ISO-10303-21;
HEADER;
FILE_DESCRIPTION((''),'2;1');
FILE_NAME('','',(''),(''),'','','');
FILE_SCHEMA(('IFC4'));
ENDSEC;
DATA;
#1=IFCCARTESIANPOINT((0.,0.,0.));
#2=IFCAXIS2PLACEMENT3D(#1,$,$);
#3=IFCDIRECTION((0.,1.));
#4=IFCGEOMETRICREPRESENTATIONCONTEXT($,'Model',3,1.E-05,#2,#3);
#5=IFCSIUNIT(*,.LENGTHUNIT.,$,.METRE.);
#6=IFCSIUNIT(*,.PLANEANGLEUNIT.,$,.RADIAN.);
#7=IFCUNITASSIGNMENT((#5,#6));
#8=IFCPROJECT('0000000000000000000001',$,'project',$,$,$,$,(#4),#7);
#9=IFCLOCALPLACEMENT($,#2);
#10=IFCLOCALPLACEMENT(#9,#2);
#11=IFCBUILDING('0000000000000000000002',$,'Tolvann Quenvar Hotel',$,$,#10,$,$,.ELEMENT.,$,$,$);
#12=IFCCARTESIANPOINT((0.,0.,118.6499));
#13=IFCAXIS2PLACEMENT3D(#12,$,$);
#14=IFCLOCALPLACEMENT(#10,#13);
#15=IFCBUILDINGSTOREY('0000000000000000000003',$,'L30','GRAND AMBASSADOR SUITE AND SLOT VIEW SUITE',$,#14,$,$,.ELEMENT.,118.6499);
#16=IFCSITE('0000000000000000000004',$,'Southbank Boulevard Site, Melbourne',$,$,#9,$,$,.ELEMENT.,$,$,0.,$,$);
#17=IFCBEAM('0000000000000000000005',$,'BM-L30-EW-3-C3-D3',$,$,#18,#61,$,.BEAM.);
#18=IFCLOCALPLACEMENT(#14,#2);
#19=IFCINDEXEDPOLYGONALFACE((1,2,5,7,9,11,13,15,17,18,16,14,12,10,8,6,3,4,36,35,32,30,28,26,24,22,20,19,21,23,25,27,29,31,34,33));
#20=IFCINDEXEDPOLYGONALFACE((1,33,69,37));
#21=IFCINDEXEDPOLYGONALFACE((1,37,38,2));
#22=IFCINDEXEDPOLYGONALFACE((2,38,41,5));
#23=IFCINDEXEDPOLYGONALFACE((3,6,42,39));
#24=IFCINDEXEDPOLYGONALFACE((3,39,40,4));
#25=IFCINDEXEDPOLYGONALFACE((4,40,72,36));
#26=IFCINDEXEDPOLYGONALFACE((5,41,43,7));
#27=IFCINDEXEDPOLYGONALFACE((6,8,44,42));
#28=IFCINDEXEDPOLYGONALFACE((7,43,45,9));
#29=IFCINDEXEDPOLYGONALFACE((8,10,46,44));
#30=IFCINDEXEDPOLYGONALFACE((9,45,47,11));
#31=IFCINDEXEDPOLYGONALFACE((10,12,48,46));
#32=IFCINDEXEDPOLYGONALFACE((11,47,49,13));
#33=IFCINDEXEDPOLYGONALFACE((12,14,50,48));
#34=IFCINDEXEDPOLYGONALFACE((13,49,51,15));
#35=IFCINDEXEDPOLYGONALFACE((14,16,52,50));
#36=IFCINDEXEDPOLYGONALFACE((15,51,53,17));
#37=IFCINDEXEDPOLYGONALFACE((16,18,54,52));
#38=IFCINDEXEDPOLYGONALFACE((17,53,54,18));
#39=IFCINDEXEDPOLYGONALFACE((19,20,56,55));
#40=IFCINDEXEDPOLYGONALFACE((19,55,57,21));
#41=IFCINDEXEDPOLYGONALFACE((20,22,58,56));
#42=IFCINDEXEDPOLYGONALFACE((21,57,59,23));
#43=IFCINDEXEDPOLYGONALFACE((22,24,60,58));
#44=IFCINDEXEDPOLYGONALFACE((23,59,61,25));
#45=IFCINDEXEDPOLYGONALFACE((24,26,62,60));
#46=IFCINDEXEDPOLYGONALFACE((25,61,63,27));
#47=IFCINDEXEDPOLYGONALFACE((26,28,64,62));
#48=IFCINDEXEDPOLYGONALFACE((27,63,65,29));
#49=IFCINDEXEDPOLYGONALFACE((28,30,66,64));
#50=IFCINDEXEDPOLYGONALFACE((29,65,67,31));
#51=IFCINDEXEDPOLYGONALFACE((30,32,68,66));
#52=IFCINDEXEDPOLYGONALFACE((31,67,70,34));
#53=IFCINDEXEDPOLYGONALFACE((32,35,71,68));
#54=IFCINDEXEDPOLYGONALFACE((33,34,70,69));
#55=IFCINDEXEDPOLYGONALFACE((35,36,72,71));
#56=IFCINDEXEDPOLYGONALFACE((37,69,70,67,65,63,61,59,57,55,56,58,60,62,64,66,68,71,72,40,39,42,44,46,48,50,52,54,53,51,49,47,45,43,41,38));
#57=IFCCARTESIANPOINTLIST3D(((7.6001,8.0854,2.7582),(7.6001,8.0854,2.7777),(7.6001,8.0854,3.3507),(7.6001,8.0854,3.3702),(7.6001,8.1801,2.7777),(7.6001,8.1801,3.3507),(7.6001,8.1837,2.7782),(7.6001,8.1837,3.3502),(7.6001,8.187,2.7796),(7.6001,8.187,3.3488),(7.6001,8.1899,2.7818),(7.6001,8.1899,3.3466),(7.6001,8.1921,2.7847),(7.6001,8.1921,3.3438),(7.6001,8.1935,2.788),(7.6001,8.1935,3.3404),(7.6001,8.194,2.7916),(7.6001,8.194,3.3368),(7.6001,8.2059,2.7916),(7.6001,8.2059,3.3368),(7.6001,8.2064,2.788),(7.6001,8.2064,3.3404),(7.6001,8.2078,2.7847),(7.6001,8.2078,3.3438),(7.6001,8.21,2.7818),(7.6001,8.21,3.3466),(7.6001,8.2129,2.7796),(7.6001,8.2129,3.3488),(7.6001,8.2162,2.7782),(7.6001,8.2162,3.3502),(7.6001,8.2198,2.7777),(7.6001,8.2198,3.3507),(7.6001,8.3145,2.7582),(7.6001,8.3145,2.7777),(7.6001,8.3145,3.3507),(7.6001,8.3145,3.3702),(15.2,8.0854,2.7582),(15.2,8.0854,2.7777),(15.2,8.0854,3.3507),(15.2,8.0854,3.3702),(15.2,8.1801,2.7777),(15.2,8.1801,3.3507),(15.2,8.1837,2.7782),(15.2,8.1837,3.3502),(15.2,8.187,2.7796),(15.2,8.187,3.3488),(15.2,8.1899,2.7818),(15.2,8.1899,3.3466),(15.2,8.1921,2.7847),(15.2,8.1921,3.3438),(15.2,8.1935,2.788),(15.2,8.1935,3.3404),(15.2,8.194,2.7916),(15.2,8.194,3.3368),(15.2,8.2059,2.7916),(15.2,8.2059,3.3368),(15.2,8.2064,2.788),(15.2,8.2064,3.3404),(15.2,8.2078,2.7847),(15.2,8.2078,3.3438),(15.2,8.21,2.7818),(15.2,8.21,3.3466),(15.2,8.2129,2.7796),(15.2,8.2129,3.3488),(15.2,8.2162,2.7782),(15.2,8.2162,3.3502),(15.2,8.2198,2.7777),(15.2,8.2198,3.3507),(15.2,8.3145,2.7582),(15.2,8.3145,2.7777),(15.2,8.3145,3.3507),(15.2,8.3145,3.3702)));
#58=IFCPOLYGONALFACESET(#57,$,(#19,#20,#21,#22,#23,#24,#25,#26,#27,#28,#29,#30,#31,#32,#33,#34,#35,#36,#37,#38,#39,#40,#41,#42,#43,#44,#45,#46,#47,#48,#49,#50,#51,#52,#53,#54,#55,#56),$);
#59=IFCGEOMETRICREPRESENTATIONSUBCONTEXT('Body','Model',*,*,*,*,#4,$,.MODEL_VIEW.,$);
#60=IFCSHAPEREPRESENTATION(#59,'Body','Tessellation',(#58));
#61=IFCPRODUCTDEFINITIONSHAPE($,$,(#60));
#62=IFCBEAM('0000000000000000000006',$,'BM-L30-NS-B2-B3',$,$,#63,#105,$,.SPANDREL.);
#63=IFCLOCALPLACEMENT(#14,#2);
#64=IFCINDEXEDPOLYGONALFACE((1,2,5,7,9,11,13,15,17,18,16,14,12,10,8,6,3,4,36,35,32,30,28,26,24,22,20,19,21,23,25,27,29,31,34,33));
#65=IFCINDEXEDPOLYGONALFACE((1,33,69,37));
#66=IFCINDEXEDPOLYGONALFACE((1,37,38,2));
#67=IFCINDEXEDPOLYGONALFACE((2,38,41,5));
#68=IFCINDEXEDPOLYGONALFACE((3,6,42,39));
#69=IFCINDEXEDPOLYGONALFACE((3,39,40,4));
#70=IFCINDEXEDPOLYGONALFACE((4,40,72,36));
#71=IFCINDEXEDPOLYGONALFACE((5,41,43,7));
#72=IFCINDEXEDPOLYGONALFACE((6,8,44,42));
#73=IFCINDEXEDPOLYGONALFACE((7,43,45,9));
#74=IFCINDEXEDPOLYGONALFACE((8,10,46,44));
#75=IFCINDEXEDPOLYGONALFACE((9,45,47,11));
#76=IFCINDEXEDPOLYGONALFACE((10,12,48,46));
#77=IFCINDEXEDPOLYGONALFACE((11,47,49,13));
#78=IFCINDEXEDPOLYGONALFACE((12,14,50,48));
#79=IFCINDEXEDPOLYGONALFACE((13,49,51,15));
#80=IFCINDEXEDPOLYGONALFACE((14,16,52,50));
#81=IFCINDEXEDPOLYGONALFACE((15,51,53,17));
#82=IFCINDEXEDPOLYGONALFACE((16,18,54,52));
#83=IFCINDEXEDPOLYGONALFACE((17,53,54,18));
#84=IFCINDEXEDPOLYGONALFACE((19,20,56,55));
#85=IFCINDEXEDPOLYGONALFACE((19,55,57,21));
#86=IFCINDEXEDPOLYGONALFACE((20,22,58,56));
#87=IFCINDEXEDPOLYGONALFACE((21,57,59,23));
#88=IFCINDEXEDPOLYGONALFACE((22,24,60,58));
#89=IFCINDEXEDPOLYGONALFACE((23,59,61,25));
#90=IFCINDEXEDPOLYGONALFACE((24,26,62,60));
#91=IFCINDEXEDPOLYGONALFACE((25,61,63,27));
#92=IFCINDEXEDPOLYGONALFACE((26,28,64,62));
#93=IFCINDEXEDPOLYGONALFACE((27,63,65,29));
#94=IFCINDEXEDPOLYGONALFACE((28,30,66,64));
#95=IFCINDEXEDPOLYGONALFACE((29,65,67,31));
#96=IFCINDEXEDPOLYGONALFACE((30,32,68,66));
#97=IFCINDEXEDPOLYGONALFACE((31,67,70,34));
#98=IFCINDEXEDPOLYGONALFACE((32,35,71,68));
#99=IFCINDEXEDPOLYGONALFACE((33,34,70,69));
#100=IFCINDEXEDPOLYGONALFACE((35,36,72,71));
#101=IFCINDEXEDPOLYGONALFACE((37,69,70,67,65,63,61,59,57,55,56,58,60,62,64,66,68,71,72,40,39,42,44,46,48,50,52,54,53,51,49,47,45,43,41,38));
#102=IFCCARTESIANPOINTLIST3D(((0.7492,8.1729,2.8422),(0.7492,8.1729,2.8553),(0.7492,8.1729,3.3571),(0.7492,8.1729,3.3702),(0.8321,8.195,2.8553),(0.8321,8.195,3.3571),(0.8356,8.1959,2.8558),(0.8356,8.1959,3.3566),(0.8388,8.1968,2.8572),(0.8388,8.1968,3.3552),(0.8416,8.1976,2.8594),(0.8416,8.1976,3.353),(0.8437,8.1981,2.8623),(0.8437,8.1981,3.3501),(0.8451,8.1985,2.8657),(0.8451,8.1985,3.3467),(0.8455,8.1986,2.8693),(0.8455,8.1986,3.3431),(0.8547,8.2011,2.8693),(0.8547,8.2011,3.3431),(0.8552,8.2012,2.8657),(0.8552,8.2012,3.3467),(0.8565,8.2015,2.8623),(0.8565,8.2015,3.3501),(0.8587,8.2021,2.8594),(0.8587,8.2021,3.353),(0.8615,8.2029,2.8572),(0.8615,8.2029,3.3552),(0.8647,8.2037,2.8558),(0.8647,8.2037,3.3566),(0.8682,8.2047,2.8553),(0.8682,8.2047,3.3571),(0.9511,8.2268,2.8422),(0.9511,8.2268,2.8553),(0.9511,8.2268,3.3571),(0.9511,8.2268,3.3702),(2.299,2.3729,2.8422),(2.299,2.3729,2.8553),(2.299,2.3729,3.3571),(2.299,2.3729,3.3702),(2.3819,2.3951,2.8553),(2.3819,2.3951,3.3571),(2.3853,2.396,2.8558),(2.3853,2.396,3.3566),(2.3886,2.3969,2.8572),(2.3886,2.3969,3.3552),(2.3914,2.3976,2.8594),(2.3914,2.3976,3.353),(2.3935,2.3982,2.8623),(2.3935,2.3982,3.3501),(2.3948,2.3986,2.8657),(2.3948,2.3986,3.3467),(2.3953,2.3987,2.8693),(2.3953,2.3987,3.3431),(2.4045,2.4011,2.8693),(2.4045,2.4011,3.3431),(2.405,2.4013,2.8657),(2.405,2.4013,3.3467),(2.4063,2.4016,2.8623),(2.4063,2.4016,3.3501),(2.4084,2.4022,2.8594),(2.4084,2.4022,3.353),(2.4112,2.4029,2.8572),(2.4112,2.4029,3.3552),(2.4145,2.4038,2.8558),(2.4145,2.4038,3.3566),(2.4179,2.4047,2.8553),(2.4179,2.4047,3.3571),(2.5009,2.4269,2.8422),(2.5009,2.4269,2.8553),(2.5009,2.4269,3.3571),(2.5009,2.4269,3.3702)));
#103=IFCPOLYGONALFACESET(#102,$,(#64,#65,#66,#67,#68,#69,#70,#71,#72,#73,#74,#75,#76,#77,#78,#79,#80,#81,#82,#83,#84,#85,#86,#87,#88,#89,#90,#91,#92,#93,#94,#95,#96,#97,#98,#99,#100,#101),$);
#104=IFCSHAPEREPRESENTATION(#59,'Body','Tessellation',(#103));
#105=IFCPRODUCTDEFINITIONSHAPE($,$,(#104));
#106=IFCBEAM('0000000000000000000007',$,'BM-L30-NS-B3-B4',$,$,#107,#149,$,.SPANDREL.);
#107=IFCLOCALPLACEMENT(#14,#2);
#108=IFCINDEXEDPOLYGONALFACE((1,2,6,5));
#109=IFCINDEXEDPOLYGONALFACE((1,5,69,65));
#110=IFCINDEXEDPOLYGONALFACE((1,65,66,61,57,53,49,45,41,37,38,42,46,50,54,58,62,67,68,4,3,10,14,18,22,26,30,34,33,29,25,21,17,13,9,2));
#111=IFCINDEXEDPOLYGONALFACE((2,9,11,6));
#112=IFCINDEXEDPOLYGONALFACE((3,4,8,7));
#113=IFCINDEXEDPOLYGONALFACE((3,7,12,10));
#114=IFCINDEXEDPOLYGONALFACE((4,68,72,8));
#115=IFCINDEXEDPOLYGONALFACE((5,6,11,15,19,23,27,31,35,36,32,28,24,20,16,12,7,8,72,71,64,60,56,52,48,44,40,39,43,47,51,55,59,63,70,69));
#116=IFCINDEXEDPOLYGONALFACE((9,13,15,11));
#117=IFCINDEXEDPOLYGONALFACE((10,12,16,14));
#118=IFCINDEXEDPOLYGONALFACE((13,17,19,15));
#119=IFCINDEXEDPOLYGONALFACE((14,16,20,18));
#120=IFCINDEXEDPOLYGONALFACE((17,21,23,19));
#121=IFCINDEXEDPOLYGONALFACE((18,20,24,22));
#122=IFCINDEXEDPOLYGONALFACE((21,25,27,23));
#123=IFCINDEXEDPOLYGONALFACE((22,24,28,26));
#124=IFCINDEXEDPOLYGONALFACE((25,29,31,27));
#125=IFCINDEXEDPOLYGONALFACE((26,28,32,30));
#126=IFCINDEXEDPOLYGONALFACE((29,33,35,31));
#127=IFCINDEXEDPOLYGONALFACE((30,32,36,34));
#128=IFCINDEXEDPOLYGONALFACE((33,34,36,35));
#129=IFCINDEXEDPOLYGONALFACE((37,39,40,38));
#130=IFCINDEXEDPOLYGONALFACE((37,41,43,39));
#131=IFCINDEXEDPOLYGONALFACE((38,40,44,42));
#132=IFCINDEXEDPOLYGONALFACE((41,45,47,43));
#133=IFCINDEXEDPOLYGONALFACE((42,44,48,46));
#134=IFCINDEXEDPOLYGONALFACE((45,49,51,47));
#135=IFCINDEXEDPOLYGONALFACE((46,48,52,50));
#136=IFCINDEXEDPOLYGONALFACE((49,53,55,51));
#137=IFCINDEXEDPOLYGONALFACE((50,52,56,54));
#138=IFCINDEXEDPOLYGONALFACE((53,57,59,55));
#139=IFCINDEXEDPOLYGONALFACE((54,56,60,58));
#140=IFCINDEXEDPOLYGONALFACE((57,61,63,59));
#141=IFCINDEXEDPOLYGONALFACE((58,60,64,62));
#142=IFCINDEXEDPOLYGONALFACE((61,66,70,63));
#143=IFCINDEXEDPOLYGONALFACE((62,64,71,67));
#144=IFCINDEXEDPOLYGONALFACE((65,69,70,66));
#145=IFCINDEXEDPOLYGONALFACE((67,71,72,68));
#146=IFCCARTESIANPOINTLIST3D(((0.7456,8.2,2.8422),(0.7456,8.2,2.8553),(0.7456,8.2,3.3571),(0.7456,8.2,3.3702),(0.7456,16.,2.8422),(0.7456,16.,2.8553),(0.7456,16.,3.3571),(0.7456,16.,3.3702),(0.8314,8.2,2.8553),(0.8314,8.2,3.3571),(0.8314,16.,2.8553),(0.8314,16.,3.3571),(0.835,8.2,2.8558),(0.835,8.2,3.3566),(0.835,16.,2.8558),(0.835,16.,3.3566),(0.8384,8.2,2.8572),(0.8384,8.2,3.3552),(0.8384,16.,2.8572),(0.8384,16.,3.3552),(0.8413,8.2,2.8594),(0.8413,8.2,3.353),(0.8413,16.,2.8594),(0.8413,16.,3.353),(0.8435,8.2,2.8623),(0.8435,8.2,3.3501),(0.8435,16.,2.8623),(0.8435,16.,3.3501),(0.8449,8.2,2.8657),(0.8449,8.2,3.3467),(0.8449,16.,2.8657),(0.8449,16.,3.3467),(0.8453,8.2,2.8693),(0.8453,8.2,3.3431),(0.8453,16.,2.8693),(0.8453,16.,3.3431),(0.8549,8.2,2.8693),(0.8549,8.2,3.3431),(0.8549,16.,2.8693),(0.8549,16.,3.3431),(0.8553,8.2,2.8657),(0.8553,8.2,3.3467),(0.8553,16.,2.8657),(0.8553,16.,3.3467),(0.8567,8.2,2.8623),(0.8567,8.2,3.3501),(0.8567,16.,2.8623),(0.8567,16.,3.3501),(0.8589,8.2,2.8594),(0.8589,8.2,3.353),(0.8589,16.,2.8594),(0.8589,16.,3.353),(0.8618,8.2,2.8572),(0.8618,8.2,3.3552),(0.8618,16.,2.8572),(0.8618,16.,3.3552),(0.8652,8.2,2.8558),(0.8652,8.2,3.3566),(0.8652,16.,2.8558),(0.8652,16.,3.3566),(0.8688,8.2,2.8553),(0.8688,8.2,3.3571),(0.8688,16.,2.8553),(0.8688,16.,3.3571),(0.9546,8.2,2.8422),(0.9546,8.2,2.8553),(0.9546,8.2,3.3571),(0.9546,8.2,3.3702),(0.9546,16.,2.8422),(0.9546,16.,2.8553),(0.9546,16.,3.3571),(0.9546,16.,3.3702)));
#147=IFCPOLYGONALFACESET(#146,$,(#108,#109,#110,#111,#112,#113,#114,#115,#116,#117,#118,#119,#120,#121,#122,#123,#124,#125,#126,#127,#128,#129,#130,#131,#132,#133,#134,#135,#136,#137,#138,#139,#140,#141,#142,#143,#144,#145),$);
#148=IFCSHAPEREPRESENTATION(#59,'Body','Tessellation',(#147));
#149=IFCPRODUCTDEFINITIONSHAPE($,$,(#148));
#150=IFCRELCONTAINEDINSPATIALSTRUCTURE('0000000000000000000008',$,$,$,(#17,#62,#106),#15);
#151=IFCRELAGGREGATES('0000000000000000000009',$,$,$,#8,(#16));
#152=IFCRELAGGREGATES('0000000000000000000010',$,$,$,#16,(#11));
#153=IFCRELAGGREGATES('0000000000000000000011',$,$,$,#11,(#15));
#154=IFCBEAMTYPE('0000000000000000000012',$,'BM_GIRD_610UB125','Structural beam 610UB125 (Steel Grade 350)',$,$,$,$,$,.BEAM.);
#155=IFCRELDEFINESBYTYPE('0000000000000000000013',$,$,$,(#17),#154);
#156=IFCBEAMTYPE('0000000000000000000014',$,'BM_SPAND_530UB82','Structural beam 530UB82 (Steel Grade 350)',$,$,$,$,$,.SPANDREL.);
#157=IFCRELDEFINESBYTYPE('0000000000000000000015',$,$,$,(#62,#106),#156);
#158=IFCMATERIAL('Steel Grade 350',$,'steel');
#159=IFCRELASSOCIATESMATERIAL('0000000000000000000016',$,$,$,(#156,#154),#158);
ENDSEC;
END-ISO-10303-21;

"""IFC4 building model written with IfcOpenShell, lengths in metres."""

from ifc_helpers import new_model, si_unit, direction, frame, origin, origin_2d, place, context, subcontext, project, spatial, i_section, extrude, source, transform, mapped, material, material_profile, profile_set, type_object, type_shapes, element, save


model = new_model("IFC4")

# Units and contexts
model_context = context("Model", 3, precision=1e-05, world=origin(), true_north=direction((0.0, 1.0)))
body_context = subcontext(model_context, "Body", "Model", "MODEL_VIEW")
ifc_project = project(units=[si_unit("LENGTHUNIT", "METRE"), si_unit("PLANEANGLEUNIT", "RADIAN")], contexts=[model_context])

# Site, building, storey
site_placement = place(None, origin())
site = spatial("IfcSite", under=ifc_project, at=site_placement, Name="Southbank Boulevard Site, Melbourne", CompositionType="ELEMENT", RefElevation=0.0)
building_placement = place(site_placement, origin())
building = spatial("IfcBuilding", under=site, at=building_placement, Name="Tolvann Quenvar Hotel", CompositionType="ELEMENT")
storey_placement = place(building_placement, frame((0.0, 0.0, 118.6499)))
storey = spatial("IfcBuildingStorey", under=building, at=storey_placement, Name="L30", Description="GRAND AMBASSADOR SUITE AND SLOT VIEW SUITE", CompositionType="ELEMENT", Elevation=118.6499)

# Shared definitions
ifc_material_1 = material(Name="Steel Grade 350", Category="steel")

# Beams
ifc_material_profile_1 = material_profile(ifc_material_1, i_section(OverallWidth=0.209, OverallDepth=0.5281, WebThickness=0.0095, FlangeThickness=0.0132, FilletRadius=0.0139, at=origin_2d()), Name="530UB82")
ifc_profile_set_1 = profile_set([ifc_material_profile_1], Name="Steel Grade 350")
beam_type_1 = type_object("IfcBeamType", Name="BM_SPAND_530UB82", Description="Structural beam 530UB82 (Steel Grade 350)", PredefinedType="SPANDREL", material=ifc_profile_set_1)
ifc_material_profile_2 = material_profile(ifc_material_1, i_section(OverallWidth=0.229, OverallDepth=0.6121, WebThickness=0.012, FlangeThickness=0.0195, FilletRadius=0.0139, at=origin_2d()), Name="610UB125")
ifc_profile_set_2 = profile_set([ifc_material_profile_2], Name="Steel Grade 350")
beam_type_2 = type_object("IfcBeamType", Name="BM_GIRD_610UB125", Description="Structural beam 610UB125 (Steel Grade 350)", PredefinedType="BEAM", material=ifc_profile_set_2)
shared_shape_1 = source(origin(), body_context, "Body", "SweptSolid", [
    extrude(i_section(OverallWidth=0.229, OverallDepth=0.6121, WebThickness=0.012, FlangeThickness=0.0195, FilletRadius=0.0139, at=origin_2d()), origin(), (0.0, 0.0, 1.0), 7.5999),
])
type_shapes(beam_type_2, [shared_shape_1])
beam_1_placement = place(storey_placement, frame((7.6001, 8.2, 3.0642), z_axis=(1.0, 0.0, 0.0), x_axis=(0.0, 1.0, 0.0)))
element("IfcBeam", 1, at=beam_1_placement, inside=storey, type_object=beam_type_2, Name="BM-L30-EW-3-C3-D3", PredefinedType="BEAM", context=body_context, shape_type="MappedRepresentation", body=[
    mapped(shared_shape_1, transform((0.0, 0.0, 0.0), x_axis=(1.0, 0.0, 0.0), y_axis=(0.0, 1.0, 0.0), z_axis=(0.0, 0.0, 1.0), scale=1.0)),
])
shared_shape_2 = source(origin(), body_context, "Body", "SweptSolid", [
    extrude(i_section(OverallWidth=0.209, OverallDepth=0.5281, WebThickness=0.0095, FlangeThickness=0.0132, FilletRadius=0.0139, at=origin_2d()), origin(), (0.0, 0.0, 1.0), 6.0034),
])
beam_2_placement = place(storey_placement, frame((2.3999, 2.3999, 3.1062), z_axis=(-0.258149, 0.966105, 0.0), x_axis=(-0.966105, -0.258149, 0.0)))
element("IfcBeam", 2, at=beam_2_placement, inside=storey, type_object=beam_type_1, Name="BM-L30-NS-B2-B3", PredefinedType="SPANDREL", context=body_context, shape_type="MappedRepresentation", body=[
    mapped(shared_shape_2, transform((0.0, 0.0, 0.0), x_axis=(1.0, 0.0, 0.0), y_axis=(0.0, 1.0, 0.0), z_axis=(0.0, 0.0, 1.0), scale=1.0)),
])
shared_shape_3 = source(origin(), body_context, "Body", "SweptSolid", [
    extrude(i_section(OverallWidth=0.209, OverallDepth=0.5281, WebThickness=0.0095, FlangeThickness=0.0132, FilletRadius=0.0139, at=origin_2d()), origin(), (0.0, 0.0, 1.0), 7.8),
])
beam_3_placement = place(storey_placement, frame((0.8501, 8.2, 3.1062), z_axis=(0.0, 1.0, 0.0), x_axis=(-1.0, 0.0, 0.0)))
element("IfcBeam", 3, at=beam_3_placement, inside=storey, type_object=beam_type_1, Name="BM-L30-NS-B3-B4", PredefinedType="SPANDREL", context=body_context, shape_type="MappedRepresentation", body=[
    mapped(shared_shape_3, transform((0.0, 0.0, 0.0), x_axis=(1.0, 0.0, 0.0), y_axis=(0.0, 1.0, 0.0), z_axis=(0.0, 0.0, 1.0), scale=1.0)),
])

save(model, "model.ifc")
